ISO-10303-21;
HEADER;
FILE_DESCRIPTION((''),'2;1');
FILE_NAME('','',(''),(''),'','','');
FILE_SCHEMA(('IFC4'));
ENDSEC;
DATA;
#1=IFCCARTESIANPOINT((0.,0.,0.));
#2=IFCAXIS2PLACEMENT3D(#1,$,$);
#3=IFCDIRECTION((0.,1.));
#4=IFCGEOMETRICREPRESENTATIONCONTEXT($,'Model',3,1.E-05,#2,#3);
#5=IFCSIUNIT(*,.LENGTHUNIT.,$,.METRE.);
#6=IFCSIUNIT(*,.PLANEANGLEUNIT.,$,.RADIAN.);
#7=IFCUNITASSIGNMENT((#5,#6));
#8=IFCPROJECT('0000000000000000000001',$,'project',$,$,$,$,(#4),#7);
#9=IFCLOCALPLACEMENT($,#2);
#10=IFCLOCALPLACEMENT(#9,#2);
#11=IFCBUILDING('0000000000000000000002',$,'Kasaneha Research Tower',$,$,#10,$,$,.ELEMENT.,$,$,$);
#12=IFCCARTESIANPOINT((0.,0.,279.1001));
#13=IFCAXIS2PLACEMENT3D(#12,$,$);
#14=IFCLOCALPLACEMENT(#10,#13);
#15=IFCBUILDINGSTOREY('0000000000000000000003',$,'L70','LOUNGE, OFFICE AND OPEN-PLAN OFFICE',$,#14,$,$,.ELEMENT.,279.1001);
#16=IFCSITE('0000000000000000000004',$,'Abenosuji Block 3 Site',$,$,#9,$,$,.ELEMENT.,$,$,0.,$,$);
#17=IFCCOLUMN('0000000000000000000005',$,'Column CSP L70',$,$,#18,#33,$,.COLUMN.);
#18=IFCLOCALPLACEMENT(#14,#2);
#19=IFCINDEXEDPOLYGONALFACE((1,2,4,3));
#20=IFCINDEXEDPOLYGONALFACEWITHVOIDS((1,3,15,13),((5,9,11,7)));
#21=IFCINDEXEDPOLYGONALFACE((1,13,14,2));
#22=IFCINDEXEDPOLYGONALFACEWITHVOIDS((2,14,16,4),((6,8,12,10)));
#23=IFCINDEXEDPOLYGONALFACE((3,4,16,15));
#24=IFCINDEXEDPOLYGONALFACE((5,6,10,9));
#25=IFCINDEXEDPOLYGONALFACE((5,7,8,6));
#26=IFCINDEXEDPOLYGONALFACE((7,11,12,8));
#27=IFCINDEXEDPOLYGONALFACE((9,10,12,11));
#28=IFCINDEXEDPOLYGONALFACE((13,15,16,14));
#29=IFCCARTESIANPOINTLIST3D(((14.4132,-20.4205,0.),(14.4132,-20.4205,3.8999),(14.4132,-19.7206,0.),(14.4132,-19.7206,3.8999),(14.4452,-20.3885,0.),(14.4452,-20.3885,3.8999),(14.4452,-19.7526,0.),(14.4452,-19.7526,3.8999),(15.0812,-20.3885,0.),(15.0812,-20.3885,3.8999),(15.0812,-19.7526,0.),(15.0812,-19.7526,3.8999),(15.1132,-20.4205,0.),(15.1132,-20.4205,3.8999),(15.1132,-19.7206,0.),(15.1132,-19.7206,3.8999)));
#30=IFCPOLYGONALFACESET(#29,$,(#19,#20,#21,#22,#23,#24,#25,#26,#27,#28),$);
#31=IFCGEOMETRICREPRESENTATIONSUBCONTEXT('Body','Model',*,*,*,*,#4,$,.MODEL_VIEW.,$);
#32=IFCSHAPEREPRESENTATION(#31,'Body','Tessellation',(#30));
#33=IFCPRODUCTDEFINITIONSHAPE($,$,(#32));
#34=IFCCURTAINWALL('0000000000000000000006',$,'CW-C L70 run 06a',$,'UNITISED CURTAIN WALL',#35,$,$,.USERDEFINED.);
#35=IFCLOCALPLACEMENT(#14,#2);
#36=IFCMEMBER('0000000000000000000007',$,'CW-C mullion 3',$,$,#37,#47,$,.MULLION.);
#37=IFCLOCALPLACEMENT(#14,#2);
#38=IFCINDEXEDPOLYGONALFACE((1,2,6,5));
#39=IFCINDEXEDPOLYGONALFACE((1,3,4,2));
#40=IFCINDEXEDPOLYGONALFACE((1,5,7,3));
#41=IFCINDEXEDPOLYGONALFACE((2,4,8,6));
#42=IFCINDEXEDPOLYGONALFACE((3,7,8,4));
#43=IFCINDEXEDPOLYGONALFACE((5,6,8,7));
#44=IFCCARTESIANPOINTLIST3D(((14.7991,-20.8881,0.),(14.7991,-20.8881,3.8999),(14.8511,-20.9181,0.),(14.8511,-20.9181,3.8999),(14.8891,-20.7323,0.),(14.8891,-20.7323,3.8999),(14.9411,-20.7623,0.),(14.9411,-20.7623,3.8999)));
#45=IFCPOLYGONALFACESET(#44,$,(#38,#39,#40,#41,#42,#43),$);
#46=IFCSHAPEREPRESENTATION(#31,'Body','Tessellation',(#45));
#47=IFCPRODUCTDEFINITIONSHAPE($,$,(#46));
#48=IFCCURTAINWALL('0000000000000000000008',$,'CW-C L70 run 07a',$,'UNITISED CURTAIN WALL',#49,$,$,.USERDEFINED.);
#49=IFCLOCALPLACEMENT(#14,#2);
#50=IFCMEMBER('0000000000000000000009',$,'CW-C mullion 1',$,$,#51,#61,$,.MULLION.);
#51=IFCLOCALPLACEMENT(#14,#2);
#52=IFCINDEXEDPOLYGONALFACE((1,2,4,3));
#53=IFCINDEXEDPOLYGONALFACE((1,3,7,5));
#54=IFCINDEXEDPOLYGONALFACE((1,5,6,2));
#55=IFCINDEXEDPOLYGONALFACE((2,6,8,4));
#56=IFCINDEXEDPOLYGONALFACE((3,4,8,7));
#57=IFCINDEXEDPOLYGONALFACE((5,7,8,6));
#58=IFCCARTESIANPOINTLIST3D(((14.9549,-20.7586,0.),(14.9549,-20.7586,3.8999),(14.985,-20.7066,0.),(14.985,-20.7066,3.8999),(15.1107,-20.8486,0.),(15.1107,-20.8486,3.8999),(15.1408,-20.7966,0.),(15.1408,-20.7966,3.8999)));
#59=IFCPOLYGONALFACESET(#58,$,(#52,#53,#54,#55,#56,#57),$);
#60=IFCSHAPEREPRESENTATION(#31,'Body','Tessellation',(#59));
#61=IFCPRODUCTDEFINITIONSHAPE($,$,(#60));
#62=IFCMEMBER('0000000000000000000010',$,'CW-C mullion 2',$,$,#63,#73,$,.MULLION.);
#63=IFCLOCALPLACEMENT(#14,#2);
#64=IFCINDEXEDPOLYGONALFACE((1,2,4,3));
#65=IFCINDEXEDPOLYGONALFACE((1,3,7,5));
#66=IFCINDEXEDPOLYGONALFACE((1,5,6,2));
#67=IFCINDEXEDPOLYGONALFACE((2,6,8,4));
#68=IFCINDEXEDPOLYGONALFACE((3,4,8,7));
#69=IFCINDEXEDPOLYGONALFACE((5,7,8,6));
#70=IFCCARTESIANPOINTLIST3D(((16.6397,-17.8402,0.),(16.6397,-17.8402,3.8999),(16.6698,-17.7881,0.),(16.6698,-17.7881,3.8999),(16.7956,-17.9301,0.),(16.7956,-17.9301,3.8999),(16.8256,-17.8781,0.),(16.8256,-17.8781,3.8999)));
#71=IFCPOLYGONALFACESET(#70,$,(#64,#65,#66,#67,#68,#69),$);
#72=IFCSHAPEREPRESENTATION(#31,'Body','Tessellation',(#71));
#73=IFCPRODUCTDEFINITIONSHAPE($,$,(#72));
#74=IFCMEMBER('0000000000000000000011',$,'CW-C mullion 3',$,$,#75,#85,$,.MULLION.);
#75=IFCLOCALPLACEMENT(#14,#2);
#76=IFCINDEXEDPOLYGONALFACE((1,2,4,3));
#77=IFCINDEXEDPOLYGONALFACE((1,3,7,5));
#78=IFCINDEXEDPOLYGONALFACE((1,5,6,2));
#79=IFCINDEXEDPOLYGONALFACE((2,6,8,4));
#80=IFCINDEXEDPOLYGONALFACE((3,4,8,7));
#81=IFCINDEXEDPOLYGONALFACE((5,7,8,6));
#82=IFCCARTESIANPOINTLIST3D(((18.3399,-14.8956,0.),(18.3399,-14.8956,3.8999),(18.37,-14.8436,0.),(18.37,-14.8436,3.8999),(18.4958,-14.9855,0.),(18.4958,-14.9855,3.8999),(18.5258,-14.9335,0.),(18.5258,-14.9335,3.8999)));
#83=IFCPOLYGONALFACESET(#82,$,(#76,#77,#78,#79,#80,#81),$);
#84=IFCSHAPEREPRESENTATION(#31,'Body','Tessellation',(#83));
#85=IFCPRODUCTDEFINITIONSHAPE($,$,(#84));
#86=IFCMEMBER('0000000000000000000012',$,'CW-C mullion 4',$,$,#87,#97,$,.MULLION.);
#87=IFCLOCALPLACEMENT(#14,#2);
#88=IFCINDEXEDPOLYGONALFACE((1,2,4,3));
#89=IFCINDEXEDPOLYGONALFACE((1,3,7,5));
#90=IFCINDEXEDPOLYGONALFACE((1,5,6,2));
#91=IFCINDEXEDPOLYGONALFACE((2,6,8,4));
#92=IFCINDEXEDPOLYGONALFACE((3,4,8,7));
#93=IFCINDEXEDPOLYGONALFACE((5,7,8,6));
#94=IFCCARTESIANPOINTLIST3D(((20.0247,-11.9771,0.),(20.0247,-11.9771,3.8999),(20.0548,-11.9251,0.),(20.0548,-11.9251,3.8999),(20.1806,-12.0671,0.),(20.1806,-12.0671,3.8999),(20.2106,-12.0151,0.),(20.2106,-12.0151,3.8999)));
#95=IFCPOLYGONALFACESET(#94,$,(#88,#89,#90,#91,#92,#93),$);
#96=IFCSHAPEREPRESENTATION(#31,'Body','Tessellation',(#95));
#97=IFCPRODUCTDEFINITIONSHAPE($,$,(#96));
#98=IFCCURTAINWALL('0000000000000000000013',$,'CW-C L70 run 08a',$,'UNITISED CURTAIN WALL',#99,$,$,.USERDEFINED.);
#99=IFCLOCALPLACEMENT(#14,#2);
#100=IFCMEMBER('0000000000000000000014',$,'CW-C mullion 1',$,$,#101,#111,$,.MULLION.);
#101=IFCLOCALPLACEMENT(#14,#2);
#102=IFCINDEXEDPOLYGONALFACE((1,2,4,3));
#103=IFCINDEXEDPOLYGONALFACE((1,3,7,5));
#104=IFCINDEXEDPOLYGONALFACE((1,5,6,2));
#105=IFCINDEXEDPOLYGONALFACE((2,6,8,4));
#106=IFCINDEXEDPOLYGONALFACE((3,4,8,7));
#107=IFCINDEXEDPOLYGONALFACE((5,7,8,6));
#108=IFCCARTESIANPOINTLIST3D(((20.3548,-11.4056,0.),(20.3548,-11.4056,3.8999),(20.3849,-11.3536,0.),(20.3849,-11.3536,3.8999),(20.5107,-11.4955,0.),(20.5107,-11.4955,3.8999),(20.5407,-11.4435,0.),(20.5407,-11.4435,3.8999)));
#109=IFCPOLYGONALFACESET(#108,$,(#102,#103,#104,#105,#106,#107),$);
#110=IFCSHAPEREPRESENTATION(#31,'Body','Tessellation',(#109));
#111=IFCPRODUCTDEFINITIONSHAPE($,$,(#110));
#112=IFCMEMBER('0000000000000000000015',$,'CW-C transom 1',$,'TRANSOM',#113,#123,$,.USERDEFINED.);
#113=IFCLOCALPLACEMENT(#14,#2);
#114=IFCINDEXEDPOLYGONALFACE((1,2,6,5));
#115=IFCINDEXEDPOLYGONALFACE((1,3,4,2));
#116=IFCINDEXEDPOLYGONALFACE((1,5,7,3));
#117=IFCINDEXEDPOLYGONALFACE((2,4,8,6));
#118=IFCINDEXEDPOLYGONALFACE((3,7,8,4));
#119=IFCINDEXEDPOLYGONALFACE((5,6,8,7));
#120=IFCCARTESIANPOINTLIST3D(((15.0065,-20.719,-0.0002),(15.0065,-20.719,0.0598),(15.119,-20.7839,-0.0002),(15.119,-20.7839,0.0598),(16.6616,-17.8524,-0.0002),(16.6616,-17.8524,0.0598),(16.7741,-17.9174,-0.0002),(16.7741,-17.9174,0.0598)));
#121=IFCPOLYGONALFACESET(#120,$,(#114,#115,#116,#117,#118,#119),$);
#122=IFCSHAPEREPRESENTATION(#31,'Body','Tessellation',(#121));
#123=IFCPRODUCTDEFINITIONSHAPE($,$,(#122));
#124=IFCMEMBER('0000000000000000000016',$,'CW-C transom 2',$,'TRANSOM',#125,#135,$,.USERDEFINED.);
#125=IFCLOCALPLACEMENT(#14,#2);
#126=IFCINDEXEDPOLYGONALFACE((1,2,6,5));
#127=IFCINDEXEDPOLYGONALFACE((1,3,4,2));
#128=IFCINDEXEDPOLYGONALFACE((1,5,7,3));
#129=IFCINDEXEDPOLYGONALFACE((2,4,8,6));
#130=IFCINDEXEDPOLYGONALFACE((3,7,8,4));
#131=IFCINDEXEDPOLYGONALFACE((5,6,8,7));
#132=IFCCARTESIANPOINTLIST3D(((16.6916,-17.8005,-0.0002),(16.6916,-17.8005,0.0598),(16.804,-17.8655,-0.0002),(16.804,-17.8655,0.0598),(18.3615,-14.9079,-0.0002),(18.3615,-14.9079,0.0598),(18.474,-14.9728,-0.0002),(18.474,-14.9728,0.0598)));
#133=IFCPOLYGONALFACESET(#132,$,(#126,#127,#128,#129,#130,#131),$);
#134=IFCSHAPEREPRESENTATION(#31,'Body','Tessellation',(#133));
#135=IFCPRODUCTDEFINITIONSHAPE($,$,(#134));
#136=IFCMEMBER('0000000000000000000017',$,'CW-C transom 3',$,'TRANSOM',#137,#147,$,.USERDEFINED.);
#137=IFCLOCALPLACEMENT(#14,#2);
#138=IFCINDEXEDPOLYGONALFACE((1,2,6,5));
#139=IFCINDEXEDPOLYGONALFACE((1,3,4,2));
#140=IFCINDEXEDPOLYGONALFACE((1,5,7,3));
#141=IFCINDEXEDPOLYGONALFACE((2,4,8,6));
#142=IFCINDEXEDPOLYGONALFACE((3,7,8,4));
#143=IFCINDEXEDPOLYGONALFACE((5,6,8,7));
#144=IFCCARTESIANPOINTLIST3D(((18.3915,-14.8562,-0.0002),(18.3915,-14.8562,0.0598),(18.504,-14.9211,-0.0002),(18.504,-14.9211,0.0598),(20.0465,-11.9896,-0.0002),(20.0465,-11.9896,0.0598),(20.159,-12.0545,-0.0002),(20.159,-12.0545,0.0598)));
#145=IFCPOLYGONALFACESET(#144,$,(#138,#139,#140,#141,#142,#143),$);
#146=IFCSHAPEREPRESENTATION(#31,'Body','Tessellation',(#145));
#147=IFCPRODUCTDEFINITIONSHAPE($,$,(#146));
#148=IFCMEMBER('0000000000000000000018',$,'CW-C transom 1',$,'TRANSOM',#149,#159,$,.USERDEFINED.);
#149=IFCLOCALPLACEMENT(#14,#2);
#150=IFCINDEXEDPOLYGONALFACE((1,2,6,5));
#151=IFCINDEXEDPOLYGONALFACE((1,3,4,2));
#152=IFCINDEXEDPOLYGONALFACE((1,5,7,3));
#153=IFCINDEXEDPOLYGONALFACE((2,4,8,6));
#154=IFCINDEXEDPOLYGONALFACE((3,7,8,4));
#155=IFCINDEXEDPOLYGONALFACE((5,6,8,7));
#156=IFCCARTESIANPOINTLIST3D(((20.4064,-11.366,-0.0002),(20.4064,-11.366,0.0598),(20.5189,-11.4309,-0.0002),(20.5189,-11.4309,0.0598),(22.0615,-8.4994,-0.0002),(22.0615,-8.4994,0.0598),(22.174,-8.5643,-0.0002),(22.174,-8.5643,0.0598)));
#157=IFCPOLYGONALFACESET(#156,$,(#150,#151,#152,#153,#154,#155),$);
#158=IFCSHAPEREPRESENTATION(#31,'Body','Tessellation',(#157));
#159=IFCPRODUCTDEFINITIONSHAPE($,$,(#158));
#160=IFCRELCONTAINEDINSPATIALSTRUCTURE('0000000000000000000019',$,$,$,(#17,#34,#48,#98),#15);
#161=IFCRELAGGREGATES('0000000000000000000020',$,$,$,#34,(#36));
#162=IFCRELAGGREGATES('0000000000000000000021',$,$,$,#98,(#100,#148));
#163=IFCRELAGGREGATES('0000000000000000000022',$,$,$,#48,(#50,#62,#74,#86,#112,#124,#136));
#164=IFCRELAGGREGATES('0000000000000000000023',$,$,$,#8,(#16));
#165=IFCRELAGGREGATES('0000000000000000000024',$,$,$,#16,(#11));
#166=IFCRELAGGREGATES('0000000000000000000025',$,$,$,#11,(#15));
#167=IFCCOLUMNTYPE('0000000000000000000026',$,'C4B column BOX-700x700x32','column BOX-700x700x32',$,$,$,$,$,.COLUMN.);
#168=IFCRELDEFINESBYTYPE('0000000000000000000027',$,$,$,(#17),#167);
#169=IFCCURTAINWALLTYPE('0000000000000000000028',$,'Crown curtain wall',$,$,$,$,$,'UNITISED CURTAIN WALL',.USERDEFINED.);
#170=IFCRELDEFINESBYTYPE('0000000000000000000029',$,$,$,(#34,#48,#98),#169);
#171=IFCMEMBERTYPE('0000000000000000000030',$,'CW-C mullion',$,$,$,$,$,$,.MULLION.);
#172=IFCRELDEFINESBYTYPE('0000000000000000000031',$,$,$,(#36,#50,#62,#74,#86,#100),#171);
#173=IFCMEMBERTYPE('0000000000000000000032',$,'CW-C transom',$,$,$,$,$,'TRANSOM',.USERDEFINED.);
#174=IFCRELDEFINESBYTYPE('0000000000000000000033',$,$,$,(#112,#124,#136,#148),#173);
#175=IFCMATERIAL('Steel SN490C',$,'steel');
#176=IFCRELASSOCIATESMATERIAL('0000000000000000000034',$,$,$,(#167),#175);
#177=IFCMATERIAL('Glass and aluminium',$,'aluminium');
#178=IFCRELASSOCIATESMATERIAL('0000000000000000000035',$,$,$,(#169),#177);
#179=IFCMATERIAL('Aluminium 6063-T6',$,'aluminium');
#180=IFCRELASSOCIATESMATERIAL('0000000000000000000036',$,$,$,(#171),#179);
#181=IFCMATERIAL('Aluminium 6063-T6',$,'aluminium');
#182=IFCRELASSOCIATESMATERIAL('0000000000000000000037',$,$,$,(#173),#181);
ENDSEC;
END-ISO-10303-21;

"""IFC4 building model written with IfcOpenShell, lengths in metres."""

from ifc_helpers import new_model, si_unit, direction, frame, origin, origin_2d, place, context, subcontext, project, spatial, rectangle, hollow_rectangle, extrude, material, material_profile, profile_set, type_object, element, aggregate, save


model = new_model("IFC4")

# Units and contexts
model_context = context("Model", 3, precision=1e-05, world=origin(), true_north=direction((0.0, 1.0)))
body_context = subcontext(model_context, "Body", "Model", "MODEL_VIEW")
ifc_project = project(units=[si_unit("LENGTHUNIT", "METRE"), si_unit("PLANEANGLEUNIT", "RADIAN")], contexts=[model_context])

# Site, building, storey
site_placement = place(None, origin())
site = spatial("IfcSite", under=ifc_project, at=site_placement, Name="Abenosuji Block 3 Site", CompositionType="ELEMENT", RefElevation=0.0)
building_placement = place(site_placement, origin())
building = spatial("IfcBuilding", under=site, at=building_placement, Name="Kasaneha Research Tower", CompositionType="ELEMENT")
storey_placement = place(building_placement, frame((0.0, 0.0, 279.1001)))
storey = spatial("IfcBuildingStorey", under=building, at=storey_placement, Name="L70", Description="LOUNGE, OFFICE AND OPEN-PLAN OFFICE", CompositionType="ELEMENT", Elevation=279.1001)

# Column
ifc_material_1 = material(Name="Steel SN490C", Category="steel")
ifc_material_profile_1 = material_profile(ifc_material_1, hollow_rectangle(XDim=0.7, YDim=0.7, WallThickness=0.032, at=origin_2d()), Name="BOX-700x700x32")
ifc_profile_set_1 = profile_set([ifc_material_profile_1], Name="Steel SN490C")
column_type = type_object("IfcColumnType", Name="C4B column BOX-700x700x32", Description="column BOX-700x700x32", PredefinedType="COLUMN", material=ifc_profile_set_1)
column_placement = place(storey_placement, frame((14.7632, -20.0706, 0.0), z_axis=(0.0, 0.0, 1.0), x_axis=(1.0, 0.0, 0.0)))
element("IfcColumn", 1, at=column_placement, inside=storey, type_object=column_type, Name="Column CSP L70", PredefinedType="COLUMN", context=body_context, shape_type="SweptSolid", body=[
    extrude(hollow_rectangle(XDim=0.7, YDim=0.7, WallThickness=0.032, at=origin_2d()), origin(), (0.0, 0.0, 1.0), 3.8999),
])

# Curtain wall, member
ifc_material_2 = material(Name="Glass and aluminium", Category="aluminium")
curtain_wall_type = type_object("IfcCurtainWallType", Name="Crown curtain wall", ElementType="UNITISED CURTAIN WALL", PredefinedType="USERDEFINED", material=ifc_material_2)
curtain_wall_1_placement = place(storey_placement, origin())
curtain_wall_1 = element("IfcCurtainWall", 2, at=curtain_wall_1_placement, inside=storey, type_object=curtain_wall_type, Name="CW-C L70 run 06a", ObjectType="UNITISED CURTAIN WALL", PredefinedType="USERDEFINED")
ifc_material_3 = material(Name="Aluminium 6063-T6", Category="aluminium")
ifc_material_profile_2 = material_profile(ifc_material_3, rectangle(XDim=0.0601, YDim=0.1799, at=origin_2d()), Name="CW-C mullion 60x180")
ifc_profile_set_2 = profile_set([ifc_material_profile_2], Name="Aluminium 6063-T6")
member_type_1 = type_object("IfcMemberType", Name="CW-C mullion", PredefinedType="MULLION", material=ifc_profile_set_2)
member_1_placement = place(storey_placement, frame((14.8701, -20.8252, 0.0), z_axis=(0.0, 0.0, 1.0), x_axis=(0.866025, -0.5, 0.0)))
member_1 = element("IfcMember", 3, at=member_1_placement, type_object=member_type_1, Name="CW-C mullion 3", PredefinedType="MULLION", context=body_context, shape_type="SweptSolid", body=[
    extrude(rectangle(XDim=0.0601, YDim=0.1799, at=origin_2d()), origin(), (0.0, 0.0, 1.0), 3.8999),
])
aggregate(curtain_wall_1, [member_1])

# Curtain wall, members
curtain_wall_2_placement = place(storey_placement, origin())
curtain_wall_2 = element("IfcCurtainWall", 4, at=curtain_wall_2_placement, inside=storey, type_object=curtain_wall_type, Name="CW-C L70 run 07a", ObjectType="UNITISED CURTAIN WALL", PredefinedType="USERDEFINED")
member_2_placement = place(storey_placement, frame((15.0479, -20.7776, 0.0), z_axis=(0.0, 0.0, 1.0), x_axis=(0.5, 0.866025, 0.0)))
member_2 = element("IfcMember", 5, at=member_2_placement, type_object=member_type_1, Name="CW-C mullion 1", PredefinedType="MULLION", context=body_context, shape_type="SweptSolid", body=[
    extrude(rectangle(XDim=0.0601, YDim=0.1799, at=origin_2d()), origin(), (0.0, 0.0, 1.0), 3.8999),
])
member_3_placement = place(storey_placement, frame((16.7327, -17.8591, 0.0), z_axis=(0.0, 0.0, 1.0), x_axis=(0.5, 0.866025, 0.0)))
member_3 = element("IfcMember", 6, at=member_3_placement, type_object=member_type_1, Name="CW-C mullion 2", PredefinedType="MULLION", context=body_context, shape_type="SweptSolid", body=[
    extrude(rectangle(XDim=0.0601, YDim=0.1799, at=origin_2d()), origin(), (0.0, 0.0, 1.0), 3.8999),
])
member_4_placement = place(storey_placement, frame((18.4329, -14.9146, 0.0), z_axis=(0.0, 0.0, 1.0), x_axis=(0.5, 0.866025, 0.0)))
member_4 = element("IfcMember", 7, at=member_4_placement, type_object=member_type_1, Name="CW-C mullion 3", PredefinedType="MULLION", context=body_context, shape_type="SweptSolid", body=[
    extrude(rectangle(XDim=0.0601, YDim=0.1799, at=origin_2d()), origin(), (0.0, 0.0, 1.0), 3.8999),
])
member_5_placement = place(storey_placement, frame((20.1177, -11.9961, 0.0), z_axis=(0.0, 0.0, 1.0), x_axis=(0.5, 0.866025, 0.0)))
member_5 = element("IfcMember", 8, at=member_5_placement, type_object=member_type_1, Name="CW-C mullion 4", PredefinedType="MULLION", context=body_context, shape_type="SweptSolid", body=[
    extrude(rectangle(XDim=0.0601, YDim=0.1799, at=origin_2d()), origin(), (0.0, 0.0, 1.0), 3.8999),
])

# Curtain wall, member
curtain_wall_3_placement = place(storey_placement, origin())
curtain_wall_3 = element("IfcCurtainWall", 9, at=curtain_wall_3_placement, inside=storey, type_object=curtain_wall_type, Name="CW-C L70 run 08a", ObjectType="UNITISED CURTAIN WALL", PredefinedType="USERDEFINED")
member_6_placement = place(storey_placement, frame((20.4478, -11.4246, 0.0), z_axis=(0.0, 0.0, 1.0), x_axis=(0.5, 0.866025, 0.0)))
member_6 = element("IfcMember", 10, at=member_6_placement, type_object=member_type_1, Name="CW-C mullion 1", PredefinedType="MULLION", context=body_context, shape_type="SweptSolid", body=[
    extrude(rectangle(XDim=0.0601, YDim=0.1799, at=origin_2d()), origin(), (0.0, 0.0, 1.0), 3.8999),
])

# Members
ifc_material_4 = material(Name="Aluminium 6063-T6", Category="aluminium")
ifc_material_profile_3 = material_profile(ifc_material_4, rectangle(XDim=0.1299, YDim=0.0601, at=origin_2d()), Name="CW-C transom 130x60")
ifc_profile_set_3 = profile_set([ifc_material_profile_3], Name="Aluminium 6063-T6")
member_type_2 = type_object("IfcMemberType", Name="CW-C transom", ElementType="TRANSOM", PredefinedType="USERDEFINED", material=ifc_profile_set_3)
member_7_placement = place(storey_placement, frame((15.0627, -20.7515, 0.0298), z_axis=(0.500018, 0.866015, 0.0), x_axis=(-0.866015, 0.500018, 0.0)))
member_7 = element("IfcMember", 11, at=member_7_placement, type_object=member_type_2, Name="CW-C transom 1", ObjectType="TRANSOM", PredefinedType="USERDEFINED", context=body_context, shape_type="SweptSolid", body=[
    extrude(rectangle(XDim=0.1299, YDim=0.0601, at=origin_2d()), origin(), (0.0, 0.0, 1.0), 3.3101),
])
member_8_placement = place(storey_placement, frame((16.7478, -17.833, 0.0298), z_axis=(0.499976, 0.86604, 0.0), x_axis=(-0.86604, 0.499976, 0.0)))
member_8 = element("IfcMember", 12, at=member_8_placement, type_object=member_type_2, Name="CW-C transom 2", ObjectType="TRANSOM", PredefinedType="USERDEFINED", context=body_context, shape_type="SweptSolid", body=[
    extrude(rectangle(XDim=0.1299, YDim=0.0601, at=origin_2d()), origin(), (0.0, 0.0, 1.0), 3.3401),
])
member_9_placement = place(storey_placement, frame((18.4478, -14.8887, 0.0298), z_axis=(0.499986, 0.866033, 0.0), x_axis=(-0.866033, 0.499986, 0.0)))
member_9 = element("IfcMember", 13, at=member_9_placement, type_object=member_type_2, Name="CW-C transom 3", ObjectType="TRANSOM", PredefinedType="USERDEFINED", context=body_context, shape_type="SweptSolid", body=[
    extrude(rectangle(XDim=0.1299, YDim=0.0601, at=origin_2d()), origin(), (0.0, 0.0, 1.0), 3.3101),
])
member_10_placement = place(storey_placement, frame((20.4626, -11.3984, 0.0298), z_axis=(0.500018, 0.866015, 0.0), x_axis=(-0.866015, 0.500018, 0.0)))
member_10 = element("IfcMember", 14, at=member_10_placement, type_object=member_type_2, Name="CW-C transom 1", ObjectType="TRANSOM", PredefinedType="USERDEFINED", context=body_context, shape_type="SweptSolid", body=[
    extrude(rectangle(XDim=0.1299, YDim=0.0601, at=origin_2d()), origin(), (0.0, 0.0, 1.0), 3.3101),
])
aggregate(curtain_wall_3, [member_6, member_10])

aggregate(curtain_wall_2, [member_2, member_3, member_4, member_5, member_7, member_8, member_9])

save(model, "model.ifc")
